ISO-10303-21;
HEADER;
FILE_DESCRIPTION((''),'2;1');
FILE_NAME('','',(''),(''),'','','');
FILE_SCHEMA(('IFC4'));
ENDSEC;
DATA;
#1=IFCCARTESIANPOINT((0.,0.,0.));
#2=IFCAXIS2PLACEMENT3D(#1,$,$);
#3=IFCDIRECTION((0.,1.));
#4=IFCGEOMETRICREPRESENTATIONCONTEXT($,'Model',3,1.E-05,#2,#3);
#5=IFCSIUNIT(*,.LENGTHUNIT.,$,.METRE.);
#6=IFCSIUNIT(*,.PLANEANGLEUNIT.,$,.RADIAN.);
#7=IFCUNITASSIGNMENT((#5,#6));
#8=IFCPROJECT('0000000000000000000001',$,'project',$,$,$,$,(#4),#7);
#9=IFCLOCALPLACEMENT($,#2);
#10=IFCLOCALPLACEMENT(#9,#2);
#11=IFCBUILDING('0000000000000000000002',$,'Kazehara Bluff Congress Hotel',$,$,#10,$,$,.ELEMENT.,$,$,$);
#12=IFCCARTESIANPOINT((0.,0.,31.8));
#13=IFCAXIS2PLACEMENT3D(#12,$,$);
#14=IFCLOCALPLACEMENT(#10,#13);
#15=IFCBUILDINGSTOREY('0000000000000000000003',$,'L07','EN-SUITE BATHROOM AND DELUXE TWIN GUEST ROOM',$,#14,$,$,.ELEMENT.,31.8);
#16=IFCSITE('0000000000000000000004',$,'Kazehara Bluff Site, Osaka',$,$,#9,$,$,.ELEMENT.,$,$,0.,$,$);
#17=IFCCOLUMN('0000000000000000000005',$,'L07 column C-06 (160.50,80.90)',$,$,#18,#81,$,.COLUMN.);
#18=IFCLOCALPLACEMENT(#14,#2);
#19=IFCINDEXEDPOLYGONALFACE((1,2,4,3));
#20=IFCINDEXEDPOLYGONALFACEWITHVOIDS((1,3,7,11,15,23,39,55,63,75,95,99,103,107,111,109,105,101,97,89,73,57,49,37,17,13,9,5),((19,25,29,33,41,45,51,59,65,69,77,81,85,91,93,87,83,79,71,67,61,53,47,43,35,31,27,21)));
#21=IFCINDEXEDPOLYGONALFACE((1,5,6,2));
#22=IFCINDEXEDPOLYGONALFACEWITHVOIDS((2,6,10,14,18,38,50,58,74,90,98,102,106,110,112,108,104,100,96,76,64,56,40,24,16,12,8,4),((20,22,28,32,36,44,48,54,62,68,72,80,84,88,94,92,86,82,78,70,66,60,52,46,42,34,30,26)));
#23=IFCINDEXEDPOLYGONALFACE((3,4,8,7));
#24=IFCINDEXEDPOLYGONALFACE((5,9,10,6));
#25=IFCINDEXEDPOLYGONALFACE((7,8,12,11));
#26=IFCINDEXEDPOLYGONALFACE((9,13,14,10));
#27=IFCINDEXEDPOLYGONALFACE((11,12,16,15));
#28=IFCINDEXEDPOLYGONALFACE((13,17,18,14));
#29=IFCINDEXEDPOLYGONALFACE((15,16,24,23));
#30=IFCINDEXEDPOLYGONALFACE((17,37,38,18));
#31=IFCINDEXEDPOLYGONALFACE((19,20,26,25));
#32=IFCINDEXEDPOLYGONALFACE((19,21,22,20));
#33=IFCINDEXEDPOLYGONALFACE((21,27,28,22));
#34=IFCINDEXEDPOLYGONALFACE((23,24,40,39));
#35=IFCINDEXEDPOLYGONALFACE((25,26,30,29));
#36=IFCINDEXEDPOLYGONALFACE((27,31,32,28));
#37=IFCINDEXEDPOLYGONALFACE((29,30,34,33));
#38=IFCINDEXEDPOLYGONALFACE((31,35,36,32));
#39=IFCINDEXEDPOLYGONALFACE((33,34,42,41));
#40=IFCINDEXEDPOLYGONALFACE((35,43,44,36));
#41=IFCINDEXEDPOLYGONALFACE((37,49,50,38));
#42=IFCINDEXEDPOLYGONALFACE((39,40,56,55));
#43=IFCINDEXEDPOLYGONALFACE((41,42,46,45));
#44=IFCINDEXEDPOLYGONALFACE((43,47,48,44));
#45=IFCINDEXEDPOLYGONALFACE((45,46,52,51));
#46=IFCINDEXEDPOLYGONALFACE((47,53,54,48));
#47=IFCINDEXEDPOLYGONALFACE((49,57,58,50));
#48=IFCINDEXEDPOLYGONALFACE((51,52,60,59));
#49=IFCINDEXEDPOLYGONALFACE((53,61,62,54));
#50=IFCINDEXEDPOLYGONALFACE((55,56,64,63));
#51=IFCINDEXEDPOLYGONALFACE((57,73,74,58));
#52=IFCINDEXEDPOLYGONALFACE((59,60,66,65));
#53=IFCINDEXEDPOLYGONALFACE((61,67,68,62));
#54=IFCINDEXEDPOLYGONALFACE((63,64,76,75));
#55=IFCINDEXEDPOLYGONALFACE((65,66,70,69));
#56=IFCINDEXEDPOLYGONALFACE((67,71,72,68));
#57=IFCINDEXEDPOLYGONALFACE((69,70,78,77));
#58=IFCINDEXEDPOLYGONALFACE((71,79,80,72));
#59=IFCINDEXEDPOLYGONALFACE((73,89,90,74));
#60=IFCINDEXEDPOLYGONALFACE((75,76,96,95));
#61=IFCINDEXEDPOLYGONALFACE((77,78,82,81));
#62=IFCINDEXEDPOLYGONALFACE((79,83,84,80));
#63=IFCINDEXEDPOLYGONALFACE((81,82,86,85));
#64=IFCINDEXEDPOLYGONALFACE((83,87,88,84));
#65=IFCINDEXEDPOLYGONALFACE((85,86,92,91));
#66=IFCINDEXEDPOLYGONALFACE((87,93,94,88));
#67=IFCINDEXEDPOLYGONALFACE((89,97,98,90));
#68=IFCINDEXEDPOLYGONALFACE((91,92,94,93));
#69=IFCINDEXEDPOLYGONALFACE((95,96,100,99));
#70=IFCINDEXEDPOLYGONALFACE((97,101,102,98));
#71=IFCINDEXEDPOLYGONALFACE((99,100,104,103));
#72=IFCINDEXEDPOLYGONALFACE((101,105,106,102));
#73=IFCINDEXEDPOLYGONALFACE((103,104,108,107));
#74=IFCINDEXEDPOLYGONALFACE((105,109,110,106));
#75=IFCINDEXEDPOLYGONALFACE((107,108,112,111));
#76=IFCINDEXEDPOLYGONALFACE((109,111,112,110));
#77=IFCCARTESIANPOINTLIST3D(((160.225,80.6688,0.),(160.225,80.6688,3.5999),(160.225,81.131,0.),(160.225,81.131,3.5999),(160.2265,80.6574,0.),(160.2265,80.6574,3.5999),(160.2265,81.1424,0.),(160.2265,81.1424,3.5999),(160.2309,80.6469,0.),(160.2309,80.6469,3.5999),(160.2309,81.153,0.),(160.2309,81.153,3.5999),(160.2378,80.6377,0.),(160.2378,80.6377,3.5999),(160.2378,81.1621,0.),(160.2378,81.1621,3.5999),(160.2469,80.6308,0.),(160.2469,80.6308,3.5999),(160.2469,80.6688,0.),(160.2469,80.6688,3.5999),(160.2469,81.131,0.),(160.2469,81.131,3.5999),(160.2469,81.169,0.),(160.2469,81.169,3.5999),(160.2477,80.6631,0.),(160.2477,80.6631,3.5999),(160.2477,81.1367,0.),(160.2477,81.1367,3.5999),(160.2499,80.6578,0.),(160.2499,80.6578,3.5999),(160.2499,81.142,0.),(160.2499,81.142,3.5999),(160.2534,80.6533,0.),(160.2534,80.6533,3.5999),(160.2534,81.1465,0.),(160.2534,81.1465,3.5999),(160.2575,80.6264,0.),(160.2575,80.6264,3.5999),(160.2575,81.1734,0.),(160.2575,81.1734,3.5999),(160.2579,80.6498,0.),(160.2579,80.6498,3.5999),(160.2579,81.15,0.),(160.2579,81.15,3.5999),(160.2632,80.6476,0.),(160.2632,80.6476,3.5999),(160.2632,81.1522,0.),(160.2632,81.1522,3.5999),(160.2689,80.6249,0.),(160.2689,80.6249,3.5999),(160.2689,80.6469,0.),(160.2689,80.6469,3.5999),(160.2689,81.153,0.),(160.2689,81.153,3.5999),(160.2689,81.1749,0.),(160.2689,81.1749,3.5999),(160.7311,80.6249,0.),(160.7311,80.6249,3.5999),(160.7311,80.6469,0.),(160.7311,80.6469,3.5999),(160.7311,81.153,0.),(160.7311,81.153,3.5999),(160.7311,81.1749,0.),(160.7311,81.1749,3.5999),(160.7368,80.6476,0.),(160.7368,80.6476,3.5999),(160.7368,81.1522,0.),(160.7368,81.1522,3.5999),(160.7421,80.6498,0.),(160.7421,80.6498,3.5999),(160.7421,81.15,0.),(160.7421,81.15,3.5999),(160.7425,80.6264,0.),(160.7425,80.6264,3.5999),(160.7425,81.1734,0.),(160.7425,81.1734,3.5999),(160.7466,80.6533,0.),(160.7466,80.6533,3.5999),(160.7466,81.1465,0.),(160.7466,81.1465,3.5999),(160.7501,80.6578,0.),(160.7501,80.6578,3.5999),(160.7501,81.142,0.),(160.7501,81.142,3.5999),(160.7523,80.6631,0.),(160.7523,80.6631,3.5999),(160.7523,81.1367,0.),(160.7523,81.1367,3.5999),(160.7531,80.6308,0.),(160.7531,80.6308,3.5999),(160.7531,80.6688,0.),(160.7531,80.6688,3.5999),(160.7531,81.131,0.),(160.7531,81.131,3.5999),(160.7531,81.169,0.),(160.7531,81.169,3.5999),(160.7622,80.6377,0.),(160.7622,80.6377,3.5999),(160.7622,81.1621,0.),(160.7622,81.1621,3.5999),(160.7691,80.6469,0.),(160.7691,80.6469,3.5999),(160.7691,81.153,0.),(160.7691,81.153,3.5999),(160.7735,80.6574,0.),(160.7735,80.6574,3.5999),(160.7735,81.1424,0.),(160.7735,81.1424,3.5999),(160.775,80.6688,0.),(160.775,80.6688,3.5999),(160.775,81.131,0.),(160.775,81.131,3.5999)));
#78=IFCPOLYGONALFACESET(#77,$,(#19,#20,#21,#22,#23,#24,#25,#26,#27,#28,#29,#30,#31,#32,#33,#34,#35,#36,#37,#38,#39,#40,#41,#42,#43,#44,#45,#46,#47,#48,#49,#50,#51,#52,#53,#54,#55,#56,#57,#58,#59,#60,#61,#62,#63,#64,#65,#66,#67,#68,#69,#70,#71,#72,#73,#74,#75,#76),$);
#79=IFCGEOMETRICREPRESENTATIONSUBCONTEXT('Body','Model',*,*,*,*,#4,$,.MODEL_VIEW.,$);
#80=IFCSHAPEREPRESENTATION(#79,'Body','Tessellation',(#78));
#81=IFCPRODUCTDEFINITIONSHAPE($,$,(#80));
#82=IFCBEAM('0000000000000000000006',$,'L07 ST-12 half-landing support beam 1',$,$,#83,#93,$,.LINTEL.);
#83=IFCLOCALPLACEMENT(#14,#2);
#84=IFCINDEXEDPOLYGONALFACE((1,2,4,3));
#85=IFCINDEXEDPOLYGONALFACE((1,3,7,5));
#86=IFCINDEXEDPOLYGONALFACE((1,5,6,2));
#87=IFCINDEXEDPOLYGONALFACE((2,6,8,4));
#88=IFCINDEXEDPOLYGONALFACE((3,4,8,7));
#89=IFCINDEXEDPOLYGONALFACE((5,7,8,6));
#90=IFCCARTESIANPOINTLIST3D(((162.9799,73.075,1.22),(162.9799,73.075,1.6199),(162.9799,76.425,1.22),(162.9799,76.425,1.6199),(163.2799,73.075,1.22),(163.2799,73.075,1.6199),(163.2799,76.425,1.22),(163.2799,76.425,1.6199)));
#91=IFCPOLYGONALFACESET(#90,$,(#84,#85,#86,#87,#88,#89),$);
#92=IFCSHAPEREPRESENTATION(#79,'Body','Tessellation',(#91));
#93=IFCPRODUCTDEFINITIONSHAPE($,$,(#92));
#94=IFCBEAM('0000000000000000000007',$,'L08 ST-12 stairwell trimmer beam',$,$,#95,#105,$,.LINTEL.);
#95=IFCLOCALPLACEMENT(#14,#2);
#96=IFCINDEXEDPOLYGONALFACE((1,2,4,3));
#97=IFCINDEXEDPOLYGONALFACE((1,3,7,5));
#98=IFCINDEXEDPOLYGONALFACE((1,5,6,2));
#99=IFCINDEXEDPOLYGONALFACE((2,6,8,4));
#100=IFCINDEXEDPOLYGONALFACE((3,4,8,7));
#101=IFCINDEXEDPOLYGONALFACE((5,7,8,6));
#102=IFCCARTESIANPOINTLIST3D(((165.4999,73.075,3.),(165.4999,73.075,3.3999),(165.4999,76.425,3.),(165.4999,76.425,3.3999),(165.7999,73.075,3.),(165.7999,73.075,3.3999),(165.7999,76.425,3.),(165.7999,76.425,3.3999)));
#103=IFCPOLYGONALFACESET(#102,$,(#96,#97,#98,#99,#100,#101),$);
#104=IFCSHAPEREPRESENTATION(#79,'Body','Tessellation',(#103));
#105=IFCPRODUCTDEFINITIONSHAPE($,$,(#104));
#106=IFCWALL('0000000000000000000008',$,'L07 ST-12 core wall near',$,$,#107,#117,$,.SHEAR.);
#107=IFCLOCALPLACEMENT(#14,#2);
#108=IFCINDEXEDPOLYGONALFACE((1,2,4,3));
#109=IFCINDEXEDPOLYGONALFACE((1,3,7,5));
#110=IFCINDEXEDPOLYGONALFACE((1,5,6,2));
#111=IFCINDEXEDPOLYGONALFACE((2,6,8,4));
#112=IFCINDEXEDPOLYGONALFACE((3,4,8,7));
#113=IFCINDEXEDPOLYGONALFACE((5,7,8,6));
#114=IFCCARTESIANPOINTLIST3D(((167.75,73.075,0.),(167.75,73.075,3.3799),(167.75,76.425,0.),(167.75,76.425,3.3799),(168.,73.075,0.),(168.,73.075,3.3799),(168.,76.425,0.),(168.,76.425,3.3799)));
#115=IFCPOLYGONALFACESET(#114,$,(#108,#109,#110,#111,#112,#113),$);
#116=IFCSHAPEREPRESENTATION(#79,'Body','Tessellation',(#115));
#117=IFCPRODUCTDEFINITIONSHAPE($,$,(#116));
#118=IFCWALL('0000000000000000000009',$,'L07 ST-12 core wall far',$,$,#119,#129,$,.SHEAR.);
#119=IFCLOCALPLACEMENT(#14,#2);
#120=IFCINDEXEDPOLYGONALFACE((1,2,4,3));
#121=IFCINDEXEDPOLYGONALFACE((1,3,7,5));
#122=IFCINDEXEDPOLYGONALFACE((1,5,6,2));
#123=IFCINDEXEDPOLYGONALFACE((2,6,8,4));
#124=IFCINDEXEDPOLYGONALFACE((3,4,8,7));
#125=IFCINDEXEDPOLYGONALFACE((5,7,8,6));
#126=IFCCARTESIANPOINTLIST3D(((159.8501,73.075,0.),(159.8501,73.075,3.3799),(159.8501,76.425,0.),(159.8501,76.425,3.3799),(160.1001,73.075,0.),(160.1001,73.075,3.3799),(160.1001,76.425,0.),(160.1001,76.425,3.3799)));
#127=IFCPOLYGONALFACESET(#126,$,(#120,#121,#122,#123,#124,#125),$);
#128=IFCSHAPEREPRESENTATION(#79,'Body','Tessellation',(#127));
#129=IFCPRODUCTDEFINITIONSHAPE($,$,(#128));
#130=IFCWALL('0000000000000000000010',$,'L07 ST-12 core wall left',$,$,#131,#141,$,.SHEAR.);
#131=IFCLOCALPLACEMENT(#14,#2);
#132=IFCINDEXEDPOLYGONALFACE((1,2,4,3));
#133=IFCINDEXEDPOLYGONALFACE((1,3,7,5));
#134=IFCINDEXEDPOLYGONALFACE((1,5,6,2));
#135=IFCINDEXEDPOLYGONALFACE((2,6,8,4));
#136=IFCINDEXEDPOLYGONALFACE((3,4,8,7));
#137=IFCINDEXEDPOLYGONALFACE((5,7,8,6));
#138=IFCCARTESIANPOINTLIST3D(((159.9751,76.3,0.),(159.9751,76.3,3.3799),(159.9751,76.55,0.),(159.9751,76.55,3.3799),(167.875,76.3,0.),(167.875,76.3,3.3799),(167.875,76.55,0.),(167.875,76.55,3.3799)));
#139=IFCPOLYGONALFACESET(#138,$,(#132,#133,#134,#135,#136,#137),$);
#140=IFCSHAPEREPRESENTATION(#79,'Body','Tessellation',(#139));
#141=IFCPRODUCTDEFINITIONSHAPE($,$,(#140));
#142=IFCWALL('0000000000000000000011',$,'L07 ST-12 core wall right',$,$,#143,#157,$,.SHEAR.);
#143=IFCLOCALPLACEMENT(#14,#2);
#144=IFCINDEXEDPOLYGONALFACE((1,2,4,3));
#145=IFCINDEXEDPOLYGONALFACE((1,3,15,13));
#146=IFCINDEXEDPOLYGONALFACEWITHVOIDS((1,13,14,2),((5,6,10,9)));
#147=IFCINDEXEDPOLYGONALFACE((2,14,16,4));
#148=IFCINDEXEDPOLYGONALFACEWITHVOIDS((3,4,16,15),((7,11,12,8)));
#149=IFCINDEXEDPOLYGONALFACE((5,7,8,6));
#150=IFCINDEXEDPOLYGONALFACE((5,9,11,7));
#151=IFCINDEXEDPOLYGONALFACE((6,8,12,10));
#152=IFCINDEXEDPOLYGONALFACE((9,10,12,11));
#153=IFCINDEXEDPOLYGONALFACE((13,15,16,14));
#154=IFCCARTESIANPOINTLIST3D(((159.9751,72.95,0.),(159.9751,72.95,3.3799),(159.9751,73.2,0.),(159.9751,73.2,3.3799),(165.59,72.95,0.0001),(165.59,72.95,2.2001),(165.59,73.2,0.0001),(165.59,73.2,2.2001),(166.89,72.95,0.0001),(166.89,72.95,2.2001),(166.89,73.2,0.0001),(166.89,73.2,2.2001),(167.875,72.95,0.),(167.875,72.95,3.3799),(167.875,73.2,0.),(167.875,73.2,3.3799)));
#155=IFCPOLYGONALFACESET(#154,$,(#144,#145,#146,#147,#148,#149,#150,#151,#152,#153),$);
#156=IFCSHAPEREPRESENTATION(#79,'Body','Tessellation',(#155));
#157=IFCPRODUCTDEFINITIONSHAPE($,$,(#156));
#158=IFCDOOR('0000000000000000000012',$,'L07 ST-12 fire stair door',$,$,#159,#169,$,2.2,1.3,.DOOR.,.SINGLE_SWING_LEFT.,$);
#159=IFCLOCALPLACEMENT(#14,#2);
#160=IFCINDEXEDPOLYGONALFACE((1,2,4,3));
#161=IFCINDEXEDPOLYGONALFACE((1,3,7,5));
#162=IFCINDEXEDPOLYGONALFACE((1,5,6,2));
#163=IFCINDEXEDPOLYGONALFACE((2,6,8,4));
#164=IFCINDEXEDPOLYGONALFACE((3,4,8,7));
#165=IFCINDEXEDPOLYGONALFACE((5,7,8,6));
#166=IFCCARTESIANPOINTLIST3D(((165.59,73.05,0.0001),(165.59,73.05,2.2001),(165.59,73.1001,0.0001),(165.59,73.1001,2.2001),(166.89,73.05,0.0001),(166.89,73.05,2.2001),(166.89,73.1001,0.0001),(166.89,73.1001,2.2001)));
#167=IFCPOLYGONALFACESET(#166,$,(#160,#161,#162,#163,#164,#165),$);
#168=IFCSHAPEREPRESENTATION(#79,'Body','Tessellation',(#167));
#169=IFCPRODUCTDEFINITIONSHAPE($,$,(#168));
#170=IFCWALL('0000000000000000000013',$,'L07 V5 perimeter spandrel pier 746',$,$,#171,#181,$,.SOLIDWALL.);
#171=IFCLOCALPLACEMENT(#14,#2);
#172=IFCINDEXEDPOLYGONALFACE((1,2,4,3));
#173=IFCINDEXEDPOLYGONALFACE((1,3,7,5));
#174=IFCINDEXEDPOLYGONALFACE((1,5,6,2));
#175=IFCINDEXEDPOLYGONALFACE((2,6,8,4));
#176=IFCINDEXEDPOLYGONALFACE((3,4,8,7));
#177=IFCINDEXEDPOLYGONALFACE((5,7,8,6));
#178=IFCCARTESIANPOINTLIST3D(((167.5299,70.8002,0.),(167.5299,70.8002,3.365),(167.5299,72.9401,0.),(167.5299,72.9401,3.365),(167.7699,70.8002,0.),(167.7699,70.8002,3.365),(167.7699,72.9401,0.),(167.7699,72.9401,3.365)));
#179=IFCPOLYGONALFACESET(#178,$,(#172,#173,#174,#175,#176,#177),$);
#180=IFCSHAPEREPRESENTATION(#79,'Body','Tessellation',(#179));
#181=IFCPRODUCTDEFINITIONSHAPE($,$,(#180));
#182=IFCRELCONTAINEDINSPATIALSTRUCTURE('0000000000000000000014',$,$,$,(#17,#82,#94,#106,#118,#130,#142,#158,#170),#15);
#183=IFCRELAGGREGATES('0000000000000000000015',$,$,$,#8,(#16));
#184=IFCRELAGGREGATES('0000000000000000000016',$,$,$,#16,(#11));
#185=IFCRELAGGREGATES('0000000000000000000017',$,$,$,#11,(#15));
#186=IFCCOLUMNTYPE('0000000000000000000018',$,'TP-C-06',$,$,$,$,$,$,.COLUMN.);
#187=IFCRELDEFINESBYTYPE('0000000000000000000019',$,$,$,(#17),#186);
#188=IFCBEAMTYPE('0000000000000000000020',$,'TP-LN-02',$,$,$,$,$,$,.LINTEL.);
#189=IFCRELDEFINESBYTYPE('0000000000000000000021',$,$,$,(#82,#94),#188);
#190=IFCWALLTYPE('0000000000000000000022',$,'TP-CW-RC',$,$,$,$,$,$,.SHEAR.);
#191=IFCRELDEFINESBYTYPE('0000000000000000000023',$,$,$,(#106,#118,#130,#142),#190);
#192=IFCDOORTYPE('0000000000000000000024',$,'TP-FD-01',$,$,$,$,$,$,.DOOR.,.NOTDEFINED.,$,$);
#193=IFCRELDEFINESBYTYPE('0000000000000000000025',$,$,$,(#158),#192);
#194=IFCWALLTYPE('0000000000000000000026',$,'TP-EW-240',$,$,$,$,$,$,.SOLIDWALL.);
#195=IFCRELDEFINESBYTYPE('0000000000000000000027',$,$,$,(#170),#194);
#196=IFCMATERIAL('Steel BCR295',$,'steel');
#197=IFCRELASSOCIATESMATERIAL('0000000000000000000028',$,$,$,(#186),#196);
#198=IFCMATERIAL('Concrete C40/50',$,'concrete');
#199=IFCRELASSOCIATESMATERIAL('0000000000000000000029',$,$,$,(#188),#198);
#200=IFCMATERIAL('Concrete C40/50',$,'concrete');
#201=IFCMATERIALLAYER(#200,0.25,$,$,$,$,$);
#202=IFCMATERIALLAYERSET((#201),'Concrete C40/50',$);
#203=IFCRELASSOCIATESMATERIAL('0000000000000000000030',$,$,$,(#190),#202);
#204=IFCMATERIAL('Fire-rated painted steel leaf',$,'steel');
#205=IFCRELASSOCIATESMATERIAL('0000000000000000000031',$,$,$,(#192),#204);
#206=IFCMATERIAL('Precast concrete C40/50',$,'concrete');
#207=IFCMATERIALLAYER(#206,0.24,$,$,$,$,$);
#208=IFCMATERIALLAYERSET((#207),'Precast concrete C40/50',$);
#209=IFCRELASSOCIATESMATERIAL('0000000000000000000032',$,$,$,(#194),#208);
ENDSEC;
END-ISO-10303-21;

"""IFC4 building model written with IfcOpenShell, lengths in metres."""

from ifc_helpers import new_model, si_unit, direction, frame, frame_2d, origin, origin_2d, place, context, subcontext, project, spatial, rectangle, hollow_rectangle, extrude, material, layer, layer_set, material_profile, profile_set, type_object, element, fill, save


model = new_model("IFC4")

# Units and contexts
model_context = context("Model", 3, precision=1e-05, world=origin(), true_north=direction((0.0, 1.0)))
body_context = subcontext(model_context, "Body", "Model", "MODEL_VIEW")
ifc_project = project(units=[si_unit("LENGTHUNIT", "METRE"), si_unit("PLANEANGLEUNIT", "RADIAN")], contexts=[model_context])

# Site, building, storey
site_placement = place(None, origin())
site = spatial("IfcSite", under=ifc_project, at=site_placement, Name="Kazehara Bluff Site, Osaka", CompositionType="ELEMENT", RefElevation=0.0)
building_placement = place(site_placement, origin())
building = spatial("IfcBuilding", under=site, at=building_placement, Name="Kazehara Bluff Congress Hotel", CompositionType="ELEMENT")
storey_placement = place(building_placement, frame((0.0, 0.0, 31.8)))
storey = spatial("IfcBuildingStorey", under=building, at=storey_placement, Name="L07", Description="EN-SUITE BATHROOM AND DELUXE TWIN GUEST ROOM", CompositionType="ELEMENT", Elevation=31.8)

# Column
ifc_material_1 = material(Name="Steel BCR295", Category="steel")
ifc_material_profile_1 = material_profile(ifc_material_1, hollow_rectangle(XDim=0.55, YDim=0.55, WallThickness=0.022, InnerFilletRadius=0.022, OuterFilletRadius=0.0439, at=origin_2d()))
ifc_profile_set_1 = profile_set([ifc_material_profile_1], Name="Steel BCR295")
column_type = type_object("IfcColumnType", Name="TP-C-06", PredefinedType="COLUMN", material=ifc_profile_set_1)
column_placement = place(storey_placement, frame((160.5, 80.8999, 0.0), z_axis=(0.0, 0.0, 1.0), x_axis=(1.0, 0.0, 0.0)))
element("IfcColumn", 1, at=column_placement, inside=storey, type_object=column_type, Name="L07 column C-06 (160.50,80.90)", PredefinedType="COLUMN", context=body_context, shape_type="SweptSolid", body=[
    extrude(hollow_rectangle(XDim=0.55, YDim=0.55, WallThickness=0.022, InnerFilletRadius=0.022, OuterFilletRadius=0.0439, at=origin_2d()), origin(), (0.0, 0.0, 1.0), 3.5999),
])

# Beams
ifc_material_2 = material(Name="Concrete C40/50", Category="concrete")
ifc_material_profile_2 = material_profile(ifc_material_2, rectangle(XDim=0.3, YDim=0.3999, at=origin_2d()))
ifc_profile_set_2 = profile_set([ifc_material_profile_2], Name="Concrete C40/50")
beam_type = type_object("IfcBeamType", Name="TP-LN-02", PredefinedType="LINTEL", material=ifc_profile_set_2)
for number, where, z_axis, x_axis, name in (
    (2, (163.1299, 76.425, 1.4199), (0.0, -1.0, 0.0), (1.0, 0.0, 0.0), "L07 ST-12 half-landing support beam 1"),
    (3, (165.6499, 76.425, 3.2), (0.0, -1.0, 0.0), (1.0, 0.0, 0.0), "L08 ST-12 stairwell trimmer beam"),
):
    element("IfcBeam", number, at=place(storey_placement, frame(where, z_axis=z_axis, x_axis=x_axis)), inside=storey, type_object=beam_type, Name=name, PredefinedType="LINTEL", context=body_context, shape_type="SweptSolid", body=[
        extrude(rectangle(XDim=0.3, YDim=0.3999, at=origin_2d()), origin(), (0.0, 0.0, 1.0), 3.3501),
    ])

# Walls
ifc_material_3 = material(Name="Concrete C40/50", Category="concrete")
ifc_layer_1 = layer(ifc_material_3, 0.25)
ifc_layer_set_1 = layer_set([ifc_layer_1], Name="Concrete C40/50")
wall_type_1 = type_object("IfcWallType", Name="TP-CW-RC", PredefinedType="SHEAR", material=ifc_layer_set_1)
for number, where, z_axis, x_axis, name in (
    (4, (167.875, 76.425, 0.0), (0.0, 0.0, 1.0), (0.0, -1.0, 0.0), "L07 ST-12 core wall near"),
    (5, (159.9751, 73.075, 0.0), (0.0, 0.0, 1.0), (0.0, 1.0, 0.0), "L07 ST-12 core wall far"),
):
    element("IfcWall", number, at=place(storey_placement, frame(where, z_axis=z_axis, x_axis=x_axis)), inside=storey, type_object=wall_type_1, Name=name, PredefinedType="SHEAR", context=body_context, shape_type="SweptSolid", body=[
        extrude(rectangle(XDim=3.3501, YDim=0.25, at=frame_2d((1.675, 0.0))), origin(), (0.0, 0.0, 1.0), 3.3799),
    ])
wall_1_placement = place(storey_placement, frame((159.9751, 76.425, 0.0), z_axis=(0.0, 0.0, 1.0), x_axis=(1.0, 0.0, 0.0)))
element("IfcWall", 6, at=wall_1_placement, inside=storey, type_object=wall_type_1, Name="L07 ST-12 core wall left", PredefinedType="SHEAR", context=body_context, shape_type="SweptSolid", body=[
    extrude(rectangle(XDim=7.8999, YDim=0.25, at=frame_2d((3.95, 0.0))), origin(), (0.0, 0.0, 1.0), 3.3799),
])

# Wall, opening, door
wall_2_placement = place(storey_placement, frame((167.875, 73.075, 0.0), z_axis=(0.0, 0.0, 1.0), x_axis=(-1.0, 0.0, 0.0)))
wall_2 = element("IfcWall", 7, at=wall_2_placement, inside=storey, type_object=wall_type_1, Name="L07 ST-12 core wall right", PredefinedType="SHEAR", context=body_context, shape_type="SweptSolid", body=[
    extrude(rectangle(XDim=7.8999, YDim=0.25, at=frame_2d((3.95, 0.0))), origin(), (0.0, 0.0, 1.0), 3.3799),
])
opening_1_placement = place(wall_2_placement, frame((0.9851, 0.0, 0.0)))
opening_1 = element("IfcOpeningElement", 8, at=opening_1_placement, cuts=wall_2, PredefinedType="OPENING", context=body_context, shape_type="SweptSolid", body=[
    extrude(rectangle(XDim=1.3, YDim=2.2, at=frame_2d((0.6499, 1.1001))), frame((0.0, 0.135, 0.0), z_axis=(0.0, -1.0, 0.0), x_axis=(1.0, 0.0, 0.0)), (0.0, 0.0, 1.0), 0.27),
])
ifc_material_4 = material(Name="Fire-rated painted steel leaf", Category="steel")
door_type = type_object("IfcDoorType", Name="TP-FD-01", OperationType="NOTDEFINED", PredefinedType="DOOR", material=ifc_material_4)
door_placement = place(opening_1_placement, origin())
door = element("IfcDoor", 9, at=door_placement, inside=storey, type_object=door_type, Name="L07 ST-12 fire stair door", OperationType="SINGLE_SWING_LEFT", OverallHeight=2.2, OverallWidth=1.3, PredefinedType="DOOR", context=body_context, shape_type="SweptSolid", body=[
    extrude(rectangle(XDim=1.3, YDim=2.2, at=frame_2d((0.6499, 1.1001))), frame((0.0, 0.0249, 0.0), z_axis=(0.0, -1.0, 0.0), x_axis=(1.0, 0.0, 0.0)), (0.0, 0.0, 1.0), 0.05),
])
fill(opening_1, door)

# Wall
ifc_material_5 = material(Name="Precast concrete C40/50", Category="concrete")
ifc_layer_2 = layer(ifc_material_5, 0.24)
ifc_layer_set_2 = layer_set([ifc_layer_2], Name="Precast concrete C40/50")
wall_type_2 = type_object("IfcWallType", Name="TP-EW-240", PredefinedType="SOLIDWALL", material=ifc_layer_set_2)
wall_3_placement = place(storey_placement, frame((167.6499, 72.9399, 0.0), z_axis=(0.0, 0.0, 1.0), x_axis=(0.0, -1.0, 0.0)))
element("IfcWall", 10, at=wall_3_placement, inside=storey, type_object=wall_type_2, Name="L07 V5 perimeter spandrel pier 746", PredefinedType="SOLIDWALL", context=body_context, shape_type="SweptSolid", body=[
    extrude(rectangle(XDim=2.1399, YDim=0.24, at=frame_2d((1.0698, 0.0))), origin(), (0.0, 0.0, 1.0), 3.365),
])

save(model, "model.ifc")
